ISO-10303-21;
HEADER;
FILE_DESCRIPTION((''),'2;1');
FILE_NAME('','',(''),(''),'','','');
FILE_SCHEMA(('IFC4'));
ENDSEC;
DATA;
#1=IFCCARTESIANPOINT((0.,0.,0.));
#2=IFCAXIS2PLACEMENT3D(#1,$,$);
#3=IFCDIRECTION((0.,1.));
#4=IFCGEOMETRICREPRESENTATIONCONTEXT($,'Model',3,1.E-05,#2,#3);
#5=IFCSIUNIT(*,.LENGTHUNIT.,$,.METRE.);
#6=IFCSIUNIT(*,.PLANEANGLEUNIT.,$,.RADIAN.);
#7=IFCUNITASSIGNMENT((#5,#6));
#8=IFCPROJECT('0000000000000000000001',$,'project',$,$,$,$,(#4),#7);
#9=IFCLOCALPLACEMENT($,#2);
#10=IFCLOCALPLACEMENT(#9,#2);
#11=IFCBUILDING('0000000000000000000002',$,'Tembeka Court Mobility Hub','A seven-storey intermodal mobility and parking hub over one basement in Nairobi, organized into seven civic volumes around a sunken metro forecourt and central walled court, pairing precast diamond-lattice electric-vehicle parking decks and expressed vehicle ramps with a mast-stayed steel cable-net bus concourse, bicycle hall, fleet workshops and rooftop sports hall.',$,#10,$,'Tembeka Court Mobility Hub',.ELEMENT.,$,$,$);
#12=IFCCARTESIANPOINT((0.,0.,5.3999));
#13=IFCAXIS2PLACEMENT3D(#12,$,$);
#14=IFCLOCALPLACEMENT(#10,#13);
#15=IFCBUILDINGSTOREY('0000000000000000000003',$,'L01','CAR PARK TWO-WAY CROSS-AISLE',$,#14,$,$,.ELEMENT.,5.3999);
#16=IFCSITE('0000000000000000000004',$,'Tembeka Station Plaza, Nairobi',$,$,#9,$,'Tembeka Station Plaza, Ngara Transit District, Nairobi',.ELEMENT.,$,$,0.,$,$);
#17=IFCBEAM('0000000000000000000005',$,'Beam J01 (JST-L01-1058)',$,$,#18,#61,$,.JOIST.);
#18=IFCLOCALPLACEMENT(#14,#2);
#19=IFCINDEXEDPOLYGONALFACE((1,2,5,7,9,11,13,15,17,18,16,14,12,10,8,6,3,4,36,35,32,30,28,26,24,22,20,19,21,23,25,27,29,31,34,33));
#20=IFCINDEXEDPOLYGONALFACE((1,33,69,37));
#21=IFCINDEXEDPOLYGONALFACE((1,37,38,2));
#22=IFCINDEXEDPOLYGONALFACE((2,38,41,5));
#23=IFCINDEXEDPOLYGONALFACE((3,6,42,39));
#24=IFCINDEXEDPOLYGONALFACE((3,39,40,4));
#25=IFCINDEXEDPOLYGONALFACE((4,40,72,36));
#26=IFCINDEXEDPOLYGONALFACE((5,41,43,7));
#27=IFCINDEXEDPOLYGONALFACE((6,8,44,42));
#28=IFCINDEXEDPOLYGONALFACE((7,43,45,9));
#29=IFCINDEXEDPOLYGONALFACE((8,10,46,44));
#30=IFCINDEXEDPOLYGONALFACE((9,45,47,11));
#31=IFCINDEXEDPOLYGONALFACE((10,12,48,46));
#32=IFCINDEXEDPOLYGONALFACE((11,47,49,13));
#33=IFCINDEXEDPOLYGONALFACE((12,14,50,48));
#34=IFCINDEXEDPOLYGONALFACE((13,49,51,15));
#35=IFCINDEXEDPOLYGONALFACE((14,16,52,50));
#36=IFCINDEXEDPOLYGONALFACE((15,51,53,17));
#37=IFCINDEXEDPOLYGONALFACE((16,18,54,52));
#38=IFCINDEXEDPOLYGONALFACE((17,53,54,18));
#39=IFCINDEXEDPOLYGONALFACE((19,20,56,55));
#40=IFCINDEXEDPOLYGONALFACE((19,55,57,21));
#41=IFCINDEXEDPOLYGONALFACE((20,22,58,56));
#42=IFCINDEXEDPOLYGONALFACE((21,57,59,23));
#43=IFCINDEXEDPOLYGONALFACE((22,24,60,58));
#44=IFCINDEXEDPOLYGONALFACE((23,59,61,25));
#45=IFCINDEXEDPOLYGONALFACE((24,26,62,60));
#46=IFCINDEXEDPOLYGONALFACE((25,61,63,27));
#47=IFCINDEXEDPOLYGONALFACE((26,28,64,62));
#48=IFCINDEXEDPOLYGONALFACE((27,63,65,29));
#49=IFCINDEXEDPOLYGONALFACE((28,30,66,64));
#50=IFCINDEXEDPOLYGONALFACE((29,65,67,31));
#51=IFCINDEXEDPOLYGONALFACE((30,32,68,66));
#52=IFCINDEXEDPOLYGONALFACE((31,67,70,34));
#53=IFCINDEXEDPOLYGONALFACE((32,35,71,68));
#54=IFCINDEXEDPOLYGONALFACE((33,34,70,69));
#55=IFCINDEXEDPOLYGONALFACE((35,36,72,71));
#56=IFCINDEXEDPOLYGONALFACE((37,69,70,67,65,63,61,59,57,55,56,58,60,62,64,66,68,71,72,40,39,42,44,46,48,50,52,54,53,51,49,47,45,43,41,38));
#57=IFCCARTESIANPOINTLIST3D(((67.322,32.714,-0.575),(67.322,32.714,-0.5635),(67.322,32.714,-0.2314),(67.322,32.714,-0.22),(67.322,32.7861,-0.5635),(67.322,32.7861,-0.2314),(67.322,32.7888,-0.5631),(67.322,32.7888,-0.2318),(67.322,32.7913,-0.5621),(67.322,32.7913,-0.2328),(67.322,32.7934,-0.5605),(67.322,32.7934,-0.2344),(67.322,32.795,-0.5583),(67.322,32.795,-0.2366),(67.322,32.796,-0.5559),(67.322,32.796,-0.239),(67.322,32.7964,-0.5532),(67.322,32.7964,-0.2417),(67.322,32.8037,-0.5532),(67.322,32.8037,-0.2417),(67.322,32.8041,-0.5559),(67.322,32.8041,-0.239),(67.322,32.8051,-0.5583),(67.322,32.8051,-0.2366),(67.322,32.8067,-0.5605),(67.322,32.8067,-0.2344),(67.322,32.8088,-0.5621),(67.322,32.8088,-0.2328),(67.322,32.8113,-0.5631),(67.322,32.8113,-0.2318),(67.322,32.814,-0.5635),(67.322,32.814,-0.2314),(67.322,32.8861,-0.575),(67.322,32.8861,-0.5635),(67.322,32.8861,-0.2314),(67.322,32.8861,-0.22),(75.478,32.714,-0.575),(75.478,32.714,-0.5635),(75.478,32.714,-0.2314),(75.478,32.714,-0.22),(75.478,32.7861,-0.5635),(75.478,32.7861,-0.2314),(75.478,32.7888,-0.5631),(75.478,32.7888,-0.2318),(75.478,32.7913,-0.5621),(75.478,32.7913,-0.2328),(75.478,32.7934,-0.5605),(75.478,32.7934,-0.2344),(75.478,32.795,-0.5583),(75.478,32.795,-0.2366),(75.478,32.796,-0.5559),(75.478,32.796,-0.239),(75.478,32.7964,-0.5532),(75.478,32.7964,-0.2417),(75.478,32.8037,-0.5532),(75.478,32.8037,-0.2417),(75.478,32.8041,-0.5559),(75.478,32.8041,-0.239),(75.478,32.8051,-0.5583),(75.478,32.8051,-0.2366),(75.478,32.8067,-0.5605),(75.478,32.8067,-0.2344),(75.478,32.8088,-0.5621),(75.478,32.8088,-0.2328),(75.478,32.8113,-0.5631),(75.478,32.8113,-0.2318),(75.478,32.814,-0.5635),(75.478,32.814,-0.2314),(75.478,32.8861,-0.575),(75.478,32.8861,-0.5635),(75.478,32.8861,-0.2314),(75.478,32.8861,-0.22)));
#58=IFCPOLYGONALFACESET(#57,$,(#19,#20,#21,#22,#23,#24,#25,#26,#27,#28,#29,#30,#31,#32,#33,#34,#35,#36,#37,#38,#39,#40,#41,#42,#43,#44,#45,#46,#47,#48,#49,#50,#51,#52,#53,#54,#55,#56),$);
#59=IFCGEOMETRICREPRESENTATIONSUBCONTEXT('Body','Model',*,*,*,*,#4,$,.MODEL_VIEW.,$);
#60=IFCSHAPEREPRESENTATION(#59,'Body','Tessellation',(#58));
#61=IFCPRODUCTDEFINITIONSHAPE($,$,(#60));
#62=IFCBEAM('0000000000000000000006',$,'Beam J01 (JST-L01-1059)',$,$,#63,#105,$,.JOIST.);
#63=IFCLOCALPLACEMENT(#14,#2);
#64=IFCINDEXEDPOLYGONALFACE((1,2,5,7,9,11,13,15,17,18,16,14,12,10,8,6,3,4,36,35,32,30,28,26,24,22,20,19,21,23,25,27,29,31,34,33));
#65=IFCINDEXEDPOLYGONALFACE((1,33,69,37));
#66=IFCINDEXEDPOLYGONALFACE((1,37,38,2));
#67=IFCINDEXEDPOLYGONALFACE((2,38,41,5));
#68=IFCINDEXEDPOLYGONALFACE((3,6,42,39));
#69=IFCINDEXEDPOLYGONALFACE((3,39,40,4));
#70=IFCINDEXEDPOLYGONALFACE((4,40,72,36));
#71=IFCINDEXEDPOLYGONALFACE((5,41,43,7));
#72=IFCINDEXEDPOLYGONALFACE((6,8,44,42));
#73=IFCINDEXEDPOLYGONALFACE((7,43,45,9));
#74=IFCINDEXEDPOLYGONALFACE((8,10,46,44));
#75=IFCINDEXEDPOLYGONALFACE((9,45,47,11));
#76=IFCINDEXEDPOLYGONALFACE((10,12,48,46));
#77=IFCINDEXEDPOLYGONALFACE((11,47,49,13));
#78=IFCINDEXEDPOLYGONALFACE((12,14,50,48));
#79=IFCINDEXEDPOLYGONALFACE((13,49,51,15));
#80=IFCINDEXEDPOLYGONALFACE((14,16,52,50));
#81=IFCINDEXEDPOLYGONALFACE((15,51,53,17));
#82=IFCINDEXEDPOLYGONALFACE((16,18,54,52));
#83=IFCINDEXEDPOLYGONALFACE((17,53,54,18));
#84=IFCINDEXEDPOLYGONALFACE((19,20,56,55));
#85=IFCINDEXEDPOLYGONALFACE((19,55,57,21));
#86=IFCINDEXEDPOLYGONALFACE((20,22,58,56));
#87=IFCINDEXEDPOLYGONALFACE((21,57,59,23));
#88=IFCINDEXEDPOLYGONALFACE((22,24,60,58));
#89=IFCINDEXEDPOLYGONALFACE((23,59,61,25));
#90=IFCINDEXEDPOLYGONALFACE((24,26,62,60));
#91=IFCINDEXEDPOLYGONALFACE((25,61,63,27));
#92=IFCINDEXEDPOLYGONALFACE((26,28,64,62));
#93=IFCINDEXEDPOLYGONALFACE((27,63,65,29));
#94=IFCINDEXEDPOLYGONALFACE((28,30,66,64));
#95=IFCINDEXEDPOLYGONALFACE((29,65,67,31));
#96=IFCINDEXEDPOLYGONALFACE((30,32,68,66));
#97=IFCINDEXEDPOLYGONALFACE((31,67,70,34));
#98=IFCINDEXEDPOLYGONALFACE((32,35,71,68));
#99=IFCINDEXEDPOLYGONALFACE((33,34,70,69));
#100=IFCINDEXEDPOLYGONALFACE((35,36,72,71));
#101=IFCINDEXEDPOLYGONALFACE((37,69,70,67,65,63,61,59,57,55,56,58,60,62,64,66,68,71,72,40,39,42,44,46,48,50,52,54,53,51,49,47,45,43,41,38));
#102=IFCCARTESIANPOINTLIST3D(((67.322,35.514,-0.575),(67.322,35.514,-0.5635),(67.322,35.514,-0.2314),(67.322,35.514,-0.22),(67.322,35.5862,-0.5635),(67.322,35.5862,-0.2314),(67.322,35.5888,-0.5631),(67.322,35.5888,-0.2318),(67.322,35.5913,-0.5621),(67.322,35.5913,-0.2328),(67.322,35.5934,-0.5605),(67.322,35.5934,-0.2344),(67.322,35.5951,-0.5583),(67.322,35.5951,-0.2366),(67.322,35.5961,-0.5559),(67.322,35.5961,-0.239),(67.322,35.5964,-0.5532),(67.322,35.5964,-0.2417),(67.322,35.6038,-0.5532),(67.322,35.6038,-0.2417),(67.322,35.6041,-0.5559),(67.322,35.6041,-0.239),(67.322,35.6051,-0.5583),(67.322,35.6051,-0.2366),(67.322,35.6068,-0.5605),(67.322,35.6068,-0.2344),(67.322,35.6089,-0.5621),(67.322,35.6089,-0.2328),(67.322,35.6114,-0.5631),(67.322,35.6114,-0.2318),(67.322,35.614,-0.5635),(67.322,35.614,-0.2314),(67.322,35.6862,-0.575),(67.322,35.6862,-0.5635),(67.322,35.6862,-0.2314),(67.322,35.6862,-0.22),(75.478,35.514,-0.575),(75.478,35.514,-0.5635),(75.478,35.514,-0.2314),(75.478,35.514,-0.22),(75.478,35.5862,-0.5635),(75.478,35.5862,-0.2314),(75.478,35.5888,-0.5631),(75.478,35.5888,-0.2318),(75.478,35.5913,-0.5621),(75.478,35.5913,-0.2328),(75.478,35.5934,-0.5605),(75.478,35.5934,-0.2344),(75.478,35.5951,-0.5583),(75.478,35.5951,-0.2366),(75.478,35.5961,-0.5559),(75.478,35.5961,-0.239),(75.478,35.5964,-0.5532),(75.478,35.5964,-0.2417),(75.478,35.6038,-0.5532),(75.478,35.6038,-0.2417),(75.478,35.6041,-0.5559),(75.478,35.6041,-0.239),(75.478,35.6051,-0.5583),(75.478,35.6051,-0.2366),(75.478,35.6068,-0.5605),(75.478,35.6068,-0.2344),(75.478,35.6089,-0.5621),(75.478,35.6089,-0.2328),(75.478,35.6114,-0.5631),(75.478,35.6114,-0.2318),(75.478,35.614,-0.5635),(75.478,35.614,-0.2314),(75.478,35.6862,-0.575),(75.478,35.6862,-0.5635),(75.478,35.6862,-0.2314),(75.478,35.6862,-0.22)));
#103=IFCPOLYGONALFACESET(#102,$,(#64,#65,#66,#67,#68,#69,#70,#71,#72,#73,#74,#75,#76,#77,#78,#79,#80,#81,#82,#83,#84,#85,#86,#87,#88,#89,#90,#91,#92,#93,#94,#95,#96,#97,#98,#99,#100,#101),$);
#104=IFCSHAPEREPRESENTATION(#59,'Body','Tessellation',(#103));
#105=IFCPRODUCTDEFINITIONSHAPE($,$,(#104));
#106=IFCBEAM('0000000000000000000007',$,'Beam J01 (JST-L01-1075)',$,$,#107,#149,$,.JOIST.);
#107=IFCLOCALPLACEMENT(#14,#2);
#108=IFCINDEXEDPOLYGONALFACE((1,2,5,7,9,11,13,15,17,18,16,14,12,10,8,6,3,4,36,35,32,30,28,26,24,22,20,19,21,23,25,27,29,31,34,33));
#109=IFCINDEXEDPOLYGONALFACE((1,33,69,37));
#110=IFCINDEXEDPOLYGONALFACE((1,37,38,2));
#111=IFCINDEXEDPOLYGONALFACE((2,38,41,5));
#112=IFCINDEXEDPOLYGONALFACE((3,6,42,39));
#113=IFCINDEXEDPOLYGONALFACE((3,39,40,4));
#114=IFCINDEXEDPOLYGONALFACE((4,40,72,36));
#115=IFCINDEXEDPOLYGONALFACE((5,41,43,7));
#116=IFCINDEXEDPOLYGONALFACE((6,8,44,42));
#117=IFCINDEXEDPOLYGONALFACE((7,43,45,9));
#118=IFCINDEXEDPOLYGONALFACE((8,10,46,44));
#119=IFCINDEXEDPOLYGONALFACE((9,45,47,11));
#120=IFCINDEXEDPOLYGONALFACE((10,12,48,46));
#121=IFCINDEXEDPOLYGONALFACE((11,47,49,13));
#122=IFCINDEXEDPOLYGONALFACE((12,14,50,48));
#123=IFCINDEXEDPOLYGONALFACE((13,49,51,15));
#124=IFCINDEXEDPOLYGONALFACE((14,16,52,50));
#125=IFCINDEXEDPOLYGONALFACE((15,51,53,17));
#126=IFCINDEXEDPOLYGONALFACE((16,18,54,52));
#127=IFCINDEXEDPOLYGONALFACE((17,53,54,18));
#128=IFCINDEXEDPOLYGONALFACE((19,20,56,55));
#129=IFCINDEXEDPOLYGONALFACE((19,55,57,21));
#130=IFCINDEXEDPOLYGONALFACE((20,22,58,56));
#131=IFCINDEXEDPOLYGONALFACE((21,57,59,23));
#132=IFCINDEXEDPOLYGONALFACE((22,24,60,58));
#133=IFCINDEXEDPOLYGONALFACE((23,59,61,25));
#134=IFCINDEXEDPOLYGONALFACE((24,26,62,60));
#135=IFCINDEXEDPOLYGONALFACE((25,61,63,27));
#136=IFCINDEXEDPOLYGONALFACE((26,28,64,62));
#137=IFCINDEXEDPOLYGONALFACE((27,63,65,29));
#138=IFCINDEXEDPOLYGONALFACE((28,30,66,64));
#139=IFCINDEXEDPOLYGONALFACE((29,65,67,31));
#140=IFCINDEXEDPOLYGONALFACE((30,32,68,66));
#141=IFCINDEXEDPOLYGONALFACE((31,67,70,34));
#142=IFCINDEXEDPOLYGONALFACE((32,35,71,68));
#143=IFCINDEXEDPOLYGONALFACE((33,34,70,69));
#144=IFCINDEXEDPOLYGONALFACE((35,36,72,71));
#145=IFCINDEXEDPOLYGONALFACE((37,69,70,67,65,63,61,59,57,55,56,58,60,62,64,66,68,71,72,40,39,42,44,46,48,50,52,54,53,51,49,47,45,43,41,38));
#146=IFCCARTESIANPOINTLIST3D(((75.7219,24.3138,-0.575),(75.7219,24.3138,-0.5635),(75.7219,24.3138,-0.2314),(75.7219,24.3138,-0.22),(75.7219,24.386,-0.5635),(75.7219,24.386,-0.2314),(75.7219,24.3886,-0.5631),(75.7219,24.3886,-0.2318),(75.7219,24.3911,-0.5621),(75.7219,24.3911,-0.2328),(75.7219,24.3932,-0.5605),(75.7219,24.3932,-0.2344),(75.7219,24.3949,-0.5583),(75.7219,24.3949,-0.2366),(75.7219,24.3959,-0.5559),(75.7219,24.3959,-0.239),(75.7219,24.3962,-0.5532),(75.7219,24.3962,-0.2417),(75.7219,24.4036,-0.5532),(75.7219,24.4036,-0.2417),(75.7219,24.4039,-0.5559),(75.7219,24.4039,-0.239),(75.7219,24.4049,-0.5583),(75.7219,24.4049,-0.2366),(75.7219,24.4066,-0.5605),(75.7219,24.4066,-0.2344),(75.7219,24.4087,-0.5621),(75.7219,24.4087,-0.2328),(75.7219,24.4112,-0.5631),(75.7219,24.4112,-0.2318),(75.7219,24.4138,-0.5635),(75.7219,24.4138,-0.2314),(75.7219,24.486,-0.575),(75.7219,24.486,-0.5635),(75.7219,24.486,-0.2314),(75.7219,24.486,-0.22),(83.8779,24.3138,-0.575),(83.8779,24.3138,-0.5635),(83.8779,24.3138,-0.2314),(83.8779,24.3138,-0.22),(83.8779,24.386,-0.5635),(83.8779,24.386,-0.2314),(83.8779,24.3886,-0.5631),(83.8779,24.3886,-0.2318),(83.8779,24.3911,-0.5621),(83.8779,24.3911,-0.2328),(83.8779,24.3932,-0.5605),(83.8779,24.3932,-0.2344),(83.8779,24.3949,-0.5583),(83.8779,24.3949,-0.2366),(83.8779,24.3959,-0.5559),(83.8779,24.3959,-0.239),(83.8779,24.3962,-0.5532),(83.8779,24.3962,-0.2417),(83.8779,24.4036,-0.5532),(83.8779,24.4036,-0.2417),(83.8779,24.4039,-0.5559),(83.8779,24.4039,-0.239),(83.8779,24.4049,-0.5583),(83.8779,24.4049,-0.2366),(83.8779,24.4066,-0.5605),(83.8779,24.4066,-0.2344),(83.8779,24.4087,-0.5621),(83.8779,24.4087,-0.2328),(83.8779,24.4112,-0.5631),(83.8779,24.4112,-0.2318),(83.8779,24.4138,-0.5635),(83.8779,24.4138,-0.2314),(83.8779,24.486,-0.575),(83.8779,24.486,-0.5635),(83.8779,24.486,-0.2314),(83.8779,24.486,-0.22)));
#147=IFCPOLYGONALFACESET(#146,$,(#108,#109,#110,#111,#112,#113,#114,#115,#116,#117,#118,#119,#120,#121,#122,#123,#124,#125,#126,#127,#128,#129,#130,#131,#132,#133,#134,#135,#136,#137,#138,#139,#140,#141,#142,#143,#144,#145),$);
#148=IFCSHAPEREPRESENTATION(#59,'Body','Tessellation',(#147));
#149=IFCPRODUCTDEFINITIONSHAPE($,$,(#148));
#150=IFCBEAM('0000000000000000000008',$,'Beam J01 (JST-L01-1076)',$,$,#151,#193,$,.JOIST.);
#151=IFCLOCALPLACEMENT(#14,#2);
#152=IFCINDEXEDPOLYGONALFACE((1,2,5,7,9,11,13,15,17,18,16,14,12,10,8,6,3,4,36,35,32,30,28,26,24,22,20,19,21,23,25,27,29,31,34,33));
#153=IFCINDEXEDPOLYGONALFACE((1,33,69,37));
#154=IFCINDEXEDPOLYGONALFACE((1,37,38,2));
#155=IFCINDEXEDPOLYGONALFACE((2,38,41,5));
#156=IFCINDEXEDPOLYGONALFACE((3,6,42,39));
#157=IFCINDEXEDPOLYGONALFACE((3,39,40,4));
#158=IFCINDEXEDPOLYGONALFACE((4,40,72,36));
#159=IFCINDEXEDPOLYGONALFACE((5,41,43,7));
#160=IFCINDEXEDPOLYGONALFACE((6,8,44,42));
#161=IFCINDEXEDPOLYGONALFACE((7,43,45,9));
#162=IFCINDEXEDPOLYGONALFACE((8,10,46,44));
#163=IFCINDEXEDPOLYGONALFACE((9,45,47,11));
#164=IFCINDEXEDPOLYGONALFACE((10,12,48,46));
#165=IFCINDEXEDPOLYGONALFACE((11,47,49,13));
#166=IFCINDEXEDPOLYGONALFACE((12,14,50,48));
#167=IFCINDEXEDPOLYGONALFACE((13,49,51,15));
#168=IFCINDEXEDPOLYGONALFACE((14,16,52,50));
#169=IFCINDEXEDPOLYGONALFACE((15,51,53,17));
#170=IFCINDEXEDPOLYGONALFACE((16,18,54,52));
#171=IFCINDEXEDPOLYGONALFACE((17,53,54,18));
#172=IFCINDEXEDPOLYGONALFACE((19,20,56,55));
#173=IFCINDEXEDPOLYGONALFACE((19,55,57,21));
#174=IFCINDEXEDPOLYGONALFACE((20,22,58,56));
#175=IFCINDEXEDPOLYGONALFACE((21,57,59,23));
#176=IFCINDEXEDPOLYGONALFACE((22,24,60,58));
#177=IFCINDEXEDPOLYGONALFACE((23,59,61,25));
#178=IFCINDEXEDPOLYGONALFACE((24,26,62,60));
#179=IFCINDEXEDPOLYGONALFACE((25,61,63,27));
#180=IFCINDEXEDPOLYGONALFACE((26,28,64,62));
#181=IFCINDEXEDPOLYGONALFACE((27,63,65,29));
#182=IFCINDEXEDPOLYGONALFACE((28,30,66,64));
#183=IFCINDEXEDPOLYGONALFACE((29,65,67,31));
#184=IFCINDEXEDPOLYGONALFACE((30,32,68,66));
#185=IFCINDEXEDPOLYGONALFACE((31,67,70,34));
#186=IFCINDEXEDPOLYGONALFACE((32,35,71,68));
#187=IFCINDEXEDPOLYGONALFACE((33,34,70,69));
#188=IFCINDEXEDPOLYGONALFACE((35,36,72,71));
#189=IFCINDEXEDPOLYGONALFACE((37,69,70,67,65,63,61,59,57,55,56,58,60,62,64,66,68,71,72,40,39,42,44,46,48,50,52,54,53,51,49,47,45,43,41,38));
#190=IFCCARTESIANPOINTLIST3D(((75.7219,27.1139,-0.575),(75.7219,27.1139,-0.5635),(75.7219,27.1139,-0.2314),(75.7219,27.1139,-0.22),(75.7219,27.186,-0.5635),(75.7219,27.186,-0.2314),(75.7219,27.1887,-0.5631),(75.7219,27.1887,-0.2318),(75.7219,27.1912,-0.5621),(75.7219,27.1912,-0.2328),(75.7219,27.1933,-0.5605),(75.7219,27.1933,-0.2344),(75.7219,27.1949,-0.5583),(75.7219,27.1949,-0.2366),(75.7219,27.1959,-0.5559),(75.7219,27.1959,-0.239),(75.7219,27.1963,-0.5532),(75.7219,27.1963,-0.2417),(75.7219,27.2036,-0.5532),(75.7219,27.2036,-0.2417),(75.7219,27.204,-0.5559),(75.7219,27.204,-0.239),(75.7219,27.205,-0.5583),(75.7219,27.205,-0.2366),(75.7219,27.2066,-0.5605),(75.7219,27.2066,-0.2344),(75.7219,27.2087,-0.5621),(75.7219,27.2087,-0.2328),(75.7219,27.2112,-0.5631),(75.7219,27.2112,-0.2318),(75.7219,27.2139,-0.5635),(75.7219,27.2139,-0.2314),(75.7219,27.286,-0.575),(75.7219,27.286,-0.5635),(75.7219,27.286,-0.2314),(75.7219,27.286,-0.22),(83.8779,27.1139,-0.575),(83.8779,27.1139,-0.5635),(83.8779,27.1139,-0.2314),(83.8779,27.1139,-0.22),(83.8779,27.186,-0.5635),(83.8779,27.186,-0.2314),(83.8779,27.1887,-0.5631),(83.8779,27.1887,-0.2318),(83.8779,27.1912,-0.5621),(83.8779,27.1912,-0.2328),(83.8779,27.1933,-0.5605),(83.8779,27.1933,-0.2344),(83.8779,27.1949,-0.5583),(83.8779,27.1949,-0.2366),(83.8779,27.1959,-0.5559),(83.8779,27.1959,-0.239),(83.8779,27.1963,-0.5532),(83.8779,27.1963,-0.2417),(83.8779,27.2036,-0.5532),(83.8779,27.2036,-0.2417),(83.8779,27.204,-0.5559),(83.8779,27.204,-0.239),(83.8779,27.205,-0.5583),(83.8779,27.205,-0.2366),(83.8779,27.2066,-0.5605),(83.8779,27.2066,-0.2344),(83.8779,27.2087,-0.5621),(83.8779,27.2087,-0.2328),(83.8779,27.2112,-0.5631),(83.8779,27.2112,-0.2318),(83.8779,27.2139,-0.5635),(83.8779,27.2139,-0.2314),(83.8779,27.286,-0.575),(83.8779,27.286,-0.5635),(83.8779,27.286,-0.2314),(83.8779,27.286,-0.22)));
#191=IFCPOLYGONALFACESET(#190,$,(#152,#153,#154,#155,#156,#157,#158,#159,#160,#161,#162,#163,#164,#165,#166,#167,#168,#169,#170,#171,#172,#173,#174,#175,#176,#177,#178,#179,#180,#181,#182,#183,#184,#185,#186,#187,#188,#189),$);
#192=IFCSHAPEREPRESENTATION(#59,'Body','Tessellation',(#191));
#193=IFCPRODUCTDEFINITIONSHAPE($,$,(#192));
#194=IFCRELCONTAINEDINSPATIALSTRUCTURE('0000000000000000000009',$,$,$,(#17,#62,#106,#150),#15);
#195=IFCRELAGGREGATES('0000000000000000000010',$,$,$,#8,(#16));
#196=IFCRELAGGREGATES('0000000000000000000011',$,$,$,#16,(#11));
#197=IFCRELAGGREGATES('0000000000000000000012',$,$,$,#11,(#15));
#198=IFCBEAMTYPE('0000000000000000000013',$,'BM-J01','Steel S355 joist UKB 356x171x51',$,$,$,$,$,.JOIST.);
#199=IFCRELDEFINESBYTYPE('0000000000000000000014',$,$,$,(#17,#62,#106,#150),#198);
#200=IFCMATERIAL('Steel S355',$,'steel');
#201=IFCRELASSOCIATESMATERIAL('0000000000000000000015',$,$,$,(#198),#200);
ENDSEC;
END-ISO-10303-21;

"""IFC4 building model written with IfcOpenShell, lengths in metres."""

from ifc_helpers import new_model, si_unit, direction, frame, origin, origin_2d, place, context, subcontext, project, spatial, i_section, extrude, material, material_profile, profile_set, type_object, element, save


model = new_model("IFC4")

# Units and contexts
model_context = context("Model", 3, precision=1e-05, world=origin(), true_north=direction((0.0, 1.0)))
body_context = subcontext(model_context, "Body", "Model", "MODEL_VIEW")
ifc_project = project(units=[si_unit("LENGTHUNIT", "METRE"), si_unit("PLANEANGLEUNIT", "RADIAN")], contexts=[model_context])

# Site, building, storey
site_placement = place(None, origin())
site = spatial("IfcSite", under=ifc_project, at=site_placement, Name="Tembeka Station Plaza, Nairobi", LongName="Tembeka Station Plaza, Ngara Transit District, Nairobi", CompositionType="ELEMENT", RefElevation=0.0)
building_placement = place(site_placement, origin())
building = spatial("IfcBuilding", under=site, at=building_placement, Name="Tembeka Court Mobility Hub", Description="A seven-storey intermodal mobility and parking hub over one basement in Nairobi, organized into seven civic volumes around a sunken metro forecourt and central walled court, pairing precast diamond-lattice electric-vehicle parking decks and expressed vehicle ramps with a mast-stayed steel cable-net bus concourse, bicycle hall, fleet workshops and rooftop sports hall.", LongName="Tembeka Court Mobility Hub", CompositionType="ELEMENT")
storey_placement = place(building_placement, frame((0.0, 0.0, 5.3999)))
storey = spatial("IfcBuildingStorey", under=building, at=storey_placement, Name="L01", Description="CAR PARK TWO-WAY CROSS-AISLE", CompositionType="ELEMENT", Elevation=5.3999)

# Shared definitions
ifc_material_1 = material(Name="Steel S355", Category="steel")

# Beams
ifc_material_profile_1 = material_profile(ifc_material_1, i_section(OverallWidth=0.1721, OverallDepth=0.355, WebThickness=0.0073, FlangeThickness=0.0115, FilletRadius=0.0103, at=origin_2d()), Name="UKB 356x171x51")
ifc_profile_set_1 = profile_set([ifc_material_profile_1], Name="Steel S355")
beam_type_1 = type_object("IfcBeamType", Name="BM-J01", Description="Steel S355 joist UKB 356x171x51", PredefinedType="JOIST", material=ifc_profile_set_1)
for number, where, z_axis, x_axis, name in (
    (1, (67.322, 32.8, -0.3975), (1.0, 0.0, 0.0), (0.0, 1.0, 0.0), "Beam J01 (JST-L01-1058)"),
    (2, (67.322, 35.6001, -0.3975), (1.0, 0.0, 0.0), (0.0, 1.0, 0.0), "Beam J01 (JST-L01-1059)"),
    (3, (75.7219, 24.3999, -0.3975), (1.0, 0.0, 0.0), (0.0, 1.0, 0.0), "Beam J01 (JST-L01-1075)"),
    (4, (75.7219, 27.2, -0.3975), (1.0, 0.0, 0.0), (0.0, 1.0, 0.0), "Beam J01 (JST-L01-1076)"),
):
    element("IfcBeam", number, at=place(storey_placement, frame(where, z_axis=z_axis, x_axis=x_axis)), inside=storey, type_object=beam_type_1, Name=name, PredefinedType="JOIST", context=body_context, shape_type="SweptSolid", body=[
        extrude(i_section(OverallWidth=0.1721, OverallDepth=0.355, WebThickness=0.0073, FlangeThickness=0.0115, FilletRadius=0.0103, at=origin_2d()), origin(), (0.0, 0.0, 1.0), 8.156),
    ])

save(model, "model.ifc")
